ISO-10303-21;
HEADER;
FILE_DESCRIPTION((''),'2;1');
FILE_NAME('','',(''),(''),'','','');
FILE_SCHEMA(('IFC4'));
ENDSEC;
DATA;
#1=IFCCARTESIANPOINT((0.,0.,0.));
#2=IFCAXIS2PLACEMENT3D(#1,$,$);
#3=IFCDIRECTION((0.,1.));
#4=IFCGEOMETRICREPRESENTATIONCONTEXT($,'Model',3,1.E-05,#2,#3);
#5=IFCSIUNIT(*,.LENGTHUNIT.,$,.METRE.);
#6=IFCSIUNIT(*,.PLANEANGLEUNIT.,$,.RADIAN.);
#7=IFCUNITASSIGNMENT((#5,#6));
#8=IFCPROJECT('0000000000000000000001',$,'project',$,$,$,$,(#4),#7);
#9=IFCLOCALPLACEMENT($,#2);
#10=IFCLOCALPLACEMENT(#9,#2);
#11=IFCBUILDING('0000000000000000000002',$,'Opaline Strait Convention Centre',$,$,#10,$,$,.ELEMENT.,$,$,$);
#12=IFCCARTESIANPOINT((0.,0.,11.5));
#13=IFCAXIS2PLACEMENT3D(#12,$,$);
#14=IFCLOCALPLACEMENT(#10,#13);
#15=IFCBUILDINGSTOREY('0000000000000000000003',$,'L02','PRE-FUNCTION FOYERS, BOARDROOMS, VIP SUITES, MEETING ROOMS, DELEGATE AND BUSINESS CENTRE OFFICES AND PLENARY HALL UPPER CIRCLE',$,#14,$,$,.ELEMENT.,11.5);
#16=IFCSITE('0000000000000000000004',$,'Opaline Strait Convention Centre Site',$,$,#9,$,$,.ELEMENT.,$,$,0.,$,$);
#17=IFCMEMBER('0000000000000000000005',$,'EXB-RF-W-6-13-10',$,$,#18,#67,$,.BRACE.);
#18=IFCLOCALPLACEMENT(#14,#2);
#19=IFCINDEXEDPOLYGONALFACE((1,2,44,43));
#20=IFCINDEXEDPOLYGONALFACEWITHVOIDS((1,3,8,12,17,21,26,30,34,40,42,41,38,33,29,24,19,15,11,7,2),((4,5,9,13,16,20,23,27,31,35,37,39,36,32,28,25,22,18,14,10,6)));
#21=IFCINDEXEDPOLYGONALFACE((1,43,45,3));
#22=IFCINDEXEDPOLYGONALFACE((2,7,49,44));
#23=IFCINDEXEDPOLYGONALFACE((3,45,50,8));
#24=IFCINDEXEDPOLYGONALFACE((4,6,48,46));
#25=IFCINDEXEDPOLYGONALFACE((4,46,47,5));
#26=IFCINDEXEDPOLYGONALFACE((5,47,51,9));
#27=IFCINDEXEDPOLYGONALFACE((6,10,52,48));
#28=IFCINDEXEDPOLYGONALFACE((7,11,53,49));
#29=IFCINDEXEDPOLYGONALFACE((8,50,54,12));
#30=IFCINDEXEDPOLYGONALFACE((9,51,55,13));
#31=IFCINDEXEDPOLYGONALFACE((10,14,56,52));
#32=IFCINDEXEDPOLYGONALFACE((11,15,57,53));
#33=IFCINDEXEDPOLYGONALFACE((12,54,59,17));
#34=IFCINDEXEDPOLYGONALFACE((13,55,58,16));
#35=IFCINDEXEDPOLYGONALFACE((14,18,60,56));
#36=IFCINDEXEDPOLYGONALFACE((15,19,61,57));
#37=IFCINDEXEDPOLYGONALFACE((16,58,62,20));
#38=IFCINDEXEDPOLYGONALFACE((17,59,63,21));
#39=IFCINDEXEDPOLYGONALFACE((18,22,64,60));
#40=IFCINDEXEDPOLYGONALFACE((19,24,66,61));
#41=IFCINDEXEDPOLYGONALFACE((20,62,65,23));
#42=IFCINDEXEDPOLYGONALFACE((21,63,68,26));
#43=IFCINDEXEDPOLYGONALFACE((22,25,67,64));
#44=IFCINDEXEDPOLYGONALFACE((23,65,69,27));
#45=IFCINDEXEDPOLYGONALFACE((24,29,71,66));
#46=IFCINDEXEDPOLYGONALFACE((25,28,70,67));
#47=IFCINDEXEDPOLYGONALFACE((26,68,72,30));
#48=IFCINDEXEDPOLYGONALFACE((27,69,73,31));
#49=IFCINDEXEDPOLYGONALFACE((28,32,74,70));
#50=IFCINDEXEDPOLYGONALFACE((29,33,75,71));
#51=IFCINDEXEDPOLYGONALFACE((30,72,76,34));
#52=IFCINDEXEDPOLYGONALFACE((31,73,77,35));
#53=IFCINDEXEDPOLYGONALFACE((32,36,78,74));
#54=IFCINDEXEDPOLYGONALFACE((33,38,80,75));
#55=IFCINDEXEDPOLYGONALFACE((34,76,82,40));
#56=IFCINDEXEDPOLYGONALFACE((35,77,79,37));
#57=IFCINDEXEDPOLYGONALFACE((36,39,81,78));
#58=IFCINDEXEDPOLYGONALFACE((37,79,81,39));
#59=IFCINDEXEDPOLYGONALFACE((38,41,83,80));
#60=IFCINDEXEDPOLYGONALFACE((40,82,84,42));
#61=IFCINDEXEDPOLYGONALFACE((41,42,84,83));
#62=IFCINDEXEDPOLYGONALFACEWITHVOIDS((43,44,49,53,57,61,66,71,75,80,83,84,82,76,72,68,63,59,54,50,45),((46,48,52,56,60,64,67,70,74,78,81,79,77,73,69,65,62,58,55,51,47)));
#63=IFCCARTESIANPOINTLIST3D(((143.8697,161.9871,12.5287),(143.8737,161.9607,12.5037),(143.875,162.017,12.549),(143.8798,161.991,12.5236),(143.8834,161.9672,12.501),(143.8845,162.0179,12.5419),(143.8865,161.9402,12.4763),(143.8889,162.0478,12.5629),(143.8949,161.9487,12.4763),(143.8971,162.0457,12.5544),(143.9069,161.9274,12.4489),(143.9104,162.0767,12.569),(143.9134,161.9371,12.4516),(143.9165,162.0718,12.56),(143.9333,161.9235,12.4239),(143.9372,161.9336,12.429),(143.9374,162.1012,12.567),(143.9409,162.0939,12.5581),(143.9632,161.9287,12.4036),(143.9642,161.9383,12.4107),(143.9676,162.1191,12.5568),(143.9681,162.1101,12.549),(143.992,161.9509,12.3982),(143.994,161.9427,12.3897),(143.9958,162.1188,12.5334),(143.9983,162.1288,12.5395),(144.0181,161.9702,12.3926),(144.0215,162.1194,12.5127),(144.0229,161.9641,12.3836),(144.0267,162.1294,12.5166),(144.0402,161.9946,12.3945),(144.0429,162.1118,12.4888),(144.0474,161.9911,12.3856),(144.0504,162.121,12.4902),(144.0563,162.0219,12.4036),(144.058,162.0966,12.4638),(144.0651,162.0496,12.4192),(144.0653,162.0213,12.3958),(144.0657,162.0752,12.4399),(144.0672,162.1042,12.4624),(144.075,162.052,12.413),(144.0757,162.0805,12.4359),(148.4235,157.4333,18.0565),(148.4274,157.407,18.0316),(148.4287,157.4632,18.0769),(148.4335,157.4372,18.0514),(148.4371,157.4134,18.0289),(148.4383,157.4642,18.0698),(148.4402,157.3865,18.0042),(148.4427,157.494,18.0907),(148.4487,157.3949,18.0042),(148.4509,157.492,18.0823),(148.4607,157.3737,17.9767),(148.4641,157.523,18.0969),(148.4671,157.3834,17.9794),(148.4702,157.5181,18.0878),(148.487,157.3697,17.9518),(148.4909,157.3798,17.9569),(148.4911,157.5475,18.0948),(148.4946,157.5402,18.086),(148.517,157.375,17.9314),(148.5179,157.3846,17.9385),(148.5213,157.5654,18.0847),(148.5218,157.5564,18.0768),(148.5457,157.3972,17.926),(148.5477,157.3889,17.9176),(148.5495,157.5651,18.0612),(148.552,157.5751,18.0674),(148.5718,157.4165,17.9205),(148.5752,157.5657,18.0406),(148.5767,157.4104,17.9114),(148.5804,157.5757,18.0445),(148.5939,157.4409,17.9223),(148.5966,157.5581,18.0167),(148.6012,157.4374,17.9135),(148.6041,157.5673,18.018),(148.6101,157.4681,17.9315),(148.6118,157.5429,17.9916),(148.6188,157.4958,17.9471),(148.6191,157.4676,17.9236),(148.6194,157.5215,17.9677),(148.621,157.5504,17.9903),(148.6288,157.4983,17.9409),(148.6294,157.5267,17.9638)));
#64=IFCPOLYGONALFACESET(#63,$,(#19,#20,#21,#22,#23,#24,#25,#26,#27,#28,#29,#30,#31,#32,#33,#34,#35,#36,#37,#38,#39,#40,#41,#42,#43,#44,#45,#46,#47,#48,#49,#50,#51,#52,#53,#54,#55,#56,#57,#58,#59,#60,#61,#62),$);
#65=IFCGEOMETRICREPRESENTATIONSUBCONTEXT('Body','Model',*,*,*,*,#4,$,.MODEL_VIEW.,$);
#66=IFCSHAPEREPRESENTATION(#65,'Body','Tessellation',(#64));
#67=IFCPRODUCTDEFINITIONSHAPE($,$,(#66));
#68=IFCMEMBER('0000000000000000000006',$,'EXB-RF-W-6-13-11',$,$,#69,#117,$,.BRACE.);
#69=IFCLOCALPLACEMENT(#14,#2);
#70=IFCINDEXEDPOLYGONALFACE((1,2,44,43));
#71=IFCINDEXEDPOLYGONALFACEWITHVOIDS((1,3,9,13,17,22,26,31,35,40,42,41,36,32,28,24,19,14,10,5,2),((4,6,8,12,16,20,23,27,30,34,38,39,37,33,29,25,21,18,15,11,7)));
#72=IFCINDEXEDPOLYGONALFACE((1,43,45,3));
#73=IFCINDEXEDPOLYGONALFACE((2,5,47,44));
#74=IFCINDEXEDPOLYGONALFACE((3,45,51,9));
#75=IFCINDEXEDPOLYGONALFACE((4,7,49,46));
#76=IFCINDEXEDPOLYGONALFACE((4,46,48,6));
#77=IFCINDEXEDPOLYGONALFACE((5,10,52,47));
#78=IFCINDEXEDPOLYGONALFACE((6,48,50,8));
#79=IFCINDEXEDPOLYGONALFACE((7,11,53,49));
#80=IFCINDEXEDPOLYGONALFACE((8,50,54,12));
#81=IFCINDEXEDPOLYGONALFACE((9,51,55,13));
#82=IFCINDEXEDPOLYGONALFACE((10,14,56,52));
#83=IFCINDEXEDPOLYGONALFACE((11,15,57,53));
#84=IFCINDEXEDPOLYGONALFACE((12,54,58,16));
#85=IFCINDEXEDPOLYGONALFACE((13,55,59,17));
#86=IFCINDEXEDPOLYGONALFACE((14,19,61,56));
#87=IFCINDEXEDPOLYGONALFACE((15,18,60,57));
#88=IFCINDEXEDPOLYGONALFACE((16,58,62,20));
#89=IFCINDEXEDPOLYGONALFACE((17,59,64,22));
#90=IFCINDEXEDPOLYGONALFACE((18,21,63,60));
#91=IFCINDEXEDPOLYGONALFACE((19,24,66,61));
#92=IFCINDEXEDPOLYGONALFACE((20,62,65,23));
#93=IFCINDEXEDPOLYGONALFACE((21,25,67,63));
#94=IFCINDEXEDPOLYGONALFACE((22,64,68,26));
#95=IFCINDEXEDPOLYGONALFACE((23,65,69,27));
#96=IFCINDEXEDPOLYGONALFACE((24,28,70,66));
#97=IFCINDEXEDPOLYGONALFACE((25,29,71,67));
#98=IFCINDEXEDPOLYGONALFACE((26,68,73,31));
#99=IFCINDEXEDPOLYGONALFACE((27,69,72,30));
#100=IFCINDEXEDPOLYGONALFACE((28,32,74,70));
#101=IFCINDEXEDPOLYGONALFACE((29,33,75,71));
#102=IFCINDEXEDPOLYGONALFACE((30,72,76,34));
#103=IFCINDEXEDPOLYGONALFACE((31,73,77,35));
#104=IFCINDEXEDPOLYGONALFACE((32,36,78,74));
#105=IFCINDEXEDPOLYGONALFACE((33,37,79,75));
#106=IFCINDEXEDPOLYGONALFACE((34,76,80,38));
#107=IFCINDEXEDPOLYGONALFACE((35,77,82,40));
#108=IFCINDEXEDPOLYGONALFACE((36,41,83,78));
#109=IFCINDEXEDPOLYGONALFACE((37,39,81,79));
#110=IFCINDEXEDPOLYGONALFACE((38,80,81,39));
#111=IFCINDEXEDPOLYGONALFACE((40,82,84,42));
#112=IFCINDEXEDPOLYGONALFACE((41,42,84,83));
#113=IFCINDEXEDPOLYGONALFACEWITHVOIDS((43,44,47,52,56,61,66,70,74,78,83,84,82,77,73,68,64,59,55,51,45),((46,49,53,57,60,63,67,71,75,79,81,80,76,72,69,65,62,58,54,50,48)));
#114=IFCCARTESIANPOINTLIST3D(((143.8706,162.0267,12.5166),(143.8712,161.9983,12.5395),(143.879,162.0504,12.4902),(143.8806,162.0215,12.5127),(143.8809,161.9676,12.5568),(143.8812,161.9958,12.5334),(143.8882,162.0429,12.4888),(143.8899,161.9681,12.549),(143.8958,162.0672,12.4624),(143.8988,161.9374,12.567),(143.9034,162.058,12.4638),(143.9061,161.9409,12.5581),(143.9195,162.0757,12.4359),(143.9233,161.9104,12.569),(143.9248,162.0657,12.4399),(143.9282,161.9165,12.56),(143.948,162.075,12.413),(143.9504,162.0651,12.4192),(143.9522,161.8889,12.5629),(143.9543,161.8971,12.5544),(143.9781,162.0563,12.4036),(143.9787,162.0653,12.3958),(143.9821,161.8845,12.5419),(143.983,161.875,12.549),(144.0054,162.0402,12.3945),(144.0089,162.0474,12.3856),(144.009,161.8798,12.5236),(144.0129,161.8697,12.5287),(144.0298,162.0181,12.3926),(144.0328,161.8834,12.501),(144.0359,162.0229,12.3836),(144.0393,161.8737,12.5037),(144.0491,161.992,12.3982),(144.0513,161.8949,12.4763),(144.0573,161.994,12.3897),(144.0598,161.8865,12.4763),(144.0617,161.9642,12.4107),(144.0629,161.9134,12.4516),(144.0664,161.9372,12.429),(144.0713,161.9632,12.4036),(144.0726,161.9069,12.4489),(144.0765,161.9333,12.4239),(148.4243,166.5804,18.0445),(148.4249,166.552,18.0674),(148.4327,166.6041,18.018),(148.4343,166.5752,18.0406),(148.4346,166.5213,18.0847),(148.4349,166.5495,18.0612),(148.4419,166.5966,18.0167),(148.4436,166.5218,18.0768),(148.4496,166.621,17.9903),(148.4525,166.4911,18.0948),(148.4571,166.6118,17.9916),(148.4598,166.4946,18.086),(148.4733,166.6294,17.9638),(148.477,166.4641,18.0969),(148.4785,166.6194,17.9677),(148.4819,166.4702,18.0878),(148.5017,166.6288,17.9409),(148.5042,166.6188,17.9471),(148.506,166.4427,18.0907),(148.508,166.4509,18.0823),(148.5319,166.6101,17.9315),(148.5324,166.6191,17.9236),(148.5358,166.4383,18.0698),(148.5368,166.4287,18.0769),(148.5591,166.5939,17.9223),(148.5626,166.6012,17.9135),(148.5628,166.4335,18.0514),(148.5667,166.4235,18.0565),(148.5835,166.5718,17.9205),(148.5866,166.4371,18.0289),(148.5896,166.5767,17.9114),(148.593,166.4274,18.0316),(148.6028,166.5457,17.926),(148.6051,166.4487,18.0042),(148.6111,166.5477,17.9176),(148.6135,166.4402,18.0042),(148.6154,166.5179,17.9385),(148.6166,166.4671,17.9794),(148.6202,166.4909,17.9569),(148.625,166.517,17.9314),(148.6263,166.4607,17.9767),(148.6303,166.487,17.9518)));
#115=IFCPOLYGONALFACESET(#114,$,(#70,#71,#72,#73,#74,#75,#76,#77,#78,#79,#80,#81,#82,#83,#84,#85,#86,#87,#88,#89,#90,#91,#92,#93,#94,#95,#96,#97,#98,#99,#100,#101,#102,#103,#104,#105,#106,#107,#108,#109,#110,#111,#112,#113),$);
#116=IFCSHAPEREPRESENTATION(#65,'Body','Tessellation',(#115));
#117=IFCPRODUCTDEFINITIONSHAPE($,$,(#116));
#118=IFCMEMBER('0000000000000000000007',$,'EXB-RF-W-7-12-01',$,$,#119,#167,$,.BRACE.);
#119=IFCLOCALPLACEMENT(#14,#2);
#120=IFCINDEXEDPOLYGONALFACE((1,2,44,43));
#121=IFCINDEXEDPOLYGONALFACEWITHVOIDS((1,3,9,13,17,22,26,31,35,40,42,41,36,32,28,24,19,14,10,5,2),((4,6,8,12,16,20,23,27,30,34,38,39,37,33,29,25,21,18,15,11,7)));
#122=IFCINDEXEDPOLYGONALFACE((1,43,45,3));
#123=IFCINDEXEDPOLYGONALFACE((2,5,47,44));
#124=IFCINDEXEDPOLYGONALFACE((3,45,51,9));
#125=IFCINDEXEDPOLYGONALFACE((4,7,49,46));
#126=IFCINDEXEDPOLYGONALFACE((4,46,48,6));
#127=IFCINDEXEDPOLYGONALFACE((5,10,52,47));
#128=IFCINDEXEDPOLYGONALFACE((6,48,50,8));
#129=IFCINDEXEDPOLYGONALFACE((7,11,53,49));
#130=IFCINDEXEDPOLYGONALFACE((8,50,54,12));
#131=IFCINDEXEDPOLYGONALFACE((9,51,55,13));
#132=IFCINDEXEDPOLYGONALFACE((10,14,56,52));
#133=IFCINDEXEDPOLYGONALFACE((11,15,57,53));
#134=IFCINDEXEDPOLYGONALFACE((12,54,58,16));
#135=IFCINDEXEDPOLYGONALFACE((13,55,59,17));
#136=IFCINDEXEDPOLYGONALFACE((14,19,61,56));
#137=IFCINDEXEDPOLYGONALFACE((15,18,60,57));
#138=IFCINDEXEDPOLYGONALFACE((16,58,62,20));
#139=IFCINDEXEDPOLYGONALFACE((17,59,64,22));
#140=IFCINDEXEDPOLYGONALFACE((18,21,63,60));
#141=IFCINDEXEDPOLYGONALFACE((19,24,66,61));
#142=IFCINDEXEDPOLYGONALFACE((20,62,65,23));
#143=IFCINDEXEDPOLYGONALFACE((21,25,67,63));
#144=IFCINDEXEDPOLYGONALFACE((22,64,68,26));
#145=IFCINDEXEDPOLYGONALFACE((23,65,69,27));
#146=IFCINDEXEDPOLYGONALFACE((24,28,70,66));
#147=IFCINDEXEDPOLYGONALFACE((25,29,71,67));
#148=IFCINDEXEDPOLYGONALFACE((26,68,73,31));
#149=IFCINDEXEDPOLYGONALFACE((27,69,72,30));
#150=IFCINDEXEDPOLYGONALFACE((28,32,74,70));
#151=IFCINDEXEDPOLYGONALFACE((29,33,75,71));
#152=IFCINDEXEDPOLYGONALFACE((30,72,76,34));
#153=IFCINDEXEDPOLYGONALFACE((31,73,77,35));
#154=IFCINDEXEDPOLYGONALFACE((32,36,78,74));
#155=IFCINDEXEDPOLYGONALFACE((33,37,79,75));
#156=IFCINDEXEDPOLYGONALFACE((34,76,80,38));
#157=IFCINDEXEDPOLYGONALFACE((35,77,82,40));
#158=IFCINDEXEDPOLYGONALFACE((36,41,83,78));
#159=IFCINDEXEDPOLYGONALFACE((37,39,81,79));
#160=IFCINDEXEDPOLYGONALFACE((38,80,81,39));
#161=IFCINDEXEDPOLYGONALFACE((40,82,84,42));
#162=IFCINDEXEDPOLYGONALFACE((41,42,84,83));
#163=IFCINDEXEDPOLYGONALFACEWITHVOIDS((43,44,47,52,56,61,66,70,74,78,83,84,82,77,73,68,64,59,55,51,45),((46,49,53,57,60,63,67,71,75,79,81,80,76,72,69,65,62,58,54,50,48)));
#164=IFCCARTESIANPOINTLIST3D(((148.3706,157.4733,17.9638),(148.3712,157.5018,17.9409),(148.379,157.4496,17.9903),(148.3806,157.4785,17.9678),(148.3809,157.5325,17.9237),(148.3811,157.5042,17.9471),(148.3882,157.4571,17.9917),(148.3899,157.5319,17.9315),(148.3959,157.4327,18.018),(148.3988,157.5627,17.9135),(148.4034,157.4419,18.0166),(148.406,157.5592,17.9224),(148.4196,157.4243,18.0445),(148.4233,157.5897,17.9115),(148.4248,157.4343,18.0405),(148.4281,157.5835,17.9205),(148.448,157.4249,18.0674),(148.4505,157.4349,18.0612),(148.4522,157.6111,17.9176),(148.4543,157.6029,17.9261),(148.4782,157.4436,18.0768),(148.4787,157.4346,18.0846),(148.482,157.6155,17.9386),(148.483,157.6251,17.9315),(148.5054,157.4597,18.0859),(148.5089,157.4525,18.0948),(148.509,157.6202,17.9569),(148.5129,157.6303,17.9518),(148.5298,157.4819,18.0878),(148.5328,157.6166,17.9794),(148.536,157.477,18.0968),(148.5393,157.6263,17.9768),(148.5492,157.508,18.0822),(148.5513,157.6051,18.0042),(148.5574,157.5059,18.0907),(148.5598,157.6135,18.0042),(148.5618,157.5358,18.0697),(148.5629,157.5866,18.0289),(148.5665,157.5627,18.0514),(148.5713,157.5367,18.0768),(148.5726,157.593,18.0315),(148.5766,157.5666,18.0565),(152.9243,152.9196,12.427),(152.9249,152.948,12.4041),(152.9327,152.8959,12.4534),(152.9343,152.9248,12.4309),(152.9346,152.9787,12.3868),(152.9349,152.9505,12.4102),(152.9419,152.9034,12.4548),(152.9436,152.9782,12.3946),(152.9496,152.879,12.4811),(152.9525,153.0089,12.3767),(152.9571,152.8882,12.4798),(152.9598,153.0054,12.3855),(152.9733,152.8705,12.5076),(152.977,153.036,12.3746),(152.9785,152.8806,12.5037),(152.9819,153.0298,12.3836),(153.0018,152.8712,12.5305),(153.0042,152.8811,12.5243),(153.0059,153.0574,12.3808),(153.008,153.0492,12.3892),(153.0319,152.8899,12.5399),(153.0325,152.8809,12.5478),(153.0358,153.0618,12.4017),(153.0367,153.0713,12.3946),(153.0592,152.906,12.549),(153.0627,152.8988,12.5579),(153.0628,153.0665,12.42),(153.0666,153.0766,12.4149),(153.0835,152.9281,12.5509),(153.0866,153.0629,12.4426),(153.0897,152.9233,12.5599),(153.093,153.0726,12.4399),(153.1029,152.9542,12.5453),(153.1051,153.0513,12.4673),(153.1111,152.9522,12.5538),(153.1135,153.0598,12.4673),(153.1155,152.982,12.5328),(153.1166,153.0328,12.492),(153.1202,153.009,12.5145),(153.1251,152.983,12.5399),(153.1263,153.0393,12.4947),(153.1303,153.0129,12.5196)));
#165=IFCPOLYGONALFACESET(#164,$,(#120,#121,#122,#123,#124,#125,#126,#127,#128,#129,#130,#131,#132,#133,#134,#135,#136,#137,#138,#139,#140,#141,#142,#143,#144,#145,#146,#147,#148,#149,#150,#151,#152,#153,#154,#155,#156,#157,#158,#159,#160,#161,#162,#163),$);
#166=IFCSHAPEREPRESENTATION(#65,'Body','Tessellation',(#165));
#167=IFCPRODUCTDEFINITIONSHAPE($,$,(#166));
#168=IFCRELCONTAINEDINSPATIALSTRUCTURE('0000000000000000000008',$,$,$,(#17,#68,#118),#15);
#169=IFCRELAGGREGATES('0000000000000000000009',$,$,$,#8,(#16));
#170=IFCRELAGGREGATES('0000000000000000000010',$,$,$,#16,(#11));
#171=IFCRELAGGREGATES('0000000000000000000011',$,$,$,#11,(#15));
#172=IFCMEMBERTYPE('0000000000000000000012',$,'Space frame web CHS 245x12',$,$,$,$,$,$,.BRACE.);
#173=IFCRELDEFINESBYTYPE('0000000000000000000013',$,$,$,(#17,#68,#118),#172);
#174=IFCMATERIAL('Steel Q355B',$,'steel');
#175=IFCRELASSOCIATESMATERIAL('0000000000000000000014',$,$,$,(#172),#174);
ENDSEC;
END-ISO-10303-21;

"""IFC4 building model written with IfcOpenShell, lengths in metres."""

from ifc_helpers import new_model, si_unit, direction, frame, origin, origin_2d, place, context, subcontext, project, spatial, hollow_circle, extrude, material, material_profile, profile_set, type_object, element, save


model = new_model("IFC4")

# Units and contexts
model_context = context("Model", 3, precision=1e-05, world=origin(), true_north=direction((0.0, 1.0)))
body_context = subcontext(model_context, "Body", "Model", "MODEL_VIEW")
ifc_project = project(units=[si_unit("LENGTHUNIT", "METRE"), si_unit("PLANEANGLEUNIT", "RADIAN")], contexts=[model_context])

# Site, building, storey
site_placement = place(None, origin())
site = spatial("IfcSite", under=ifc_project, at=site_placement, Name="Opaline Strait Convention Centre Site", CompositionType="ELEMENT", RefElevation=0.0)
building_placement = place(site_placement, origin())
building = spatial("IfcBuilding", under=site, at=building_placement, Name="Opaline Strait Convention Centre", CompositionType="ELEMENT")
storey_placement = place(building_placement, frame((0.0, 0.0, 11.5)))
storey = spatial("IfcBuildingStorey", under=building, at=storey_placement, Name="L02", Description="PRE-FUNCTION FOYERS, BOARDROOMS, VIP SUITES, MEETING ROOMS, DELEGATE AND BUSINESS CENTRE OFFICES AND PLENARY HALL UPPER CIRCLE", CompositionType="ELEMENT", Elevation=11.5)

# Members
ifc_material_1 = material(Name="Steel Q355B", Category="steel")
ifc_material_profile_1 = material_profile(ifc_material_1, hollow_circle(Radius=0.1226, WallThickness=0.012, at=origin_2d()), Name="CHS 245x12")
ifc_profile_set_1 = profile_set([ifc_material_profile_1], Name="Steel Q355B")
member_type_1 = type_object("IfcMemberType", Name="Space frame web CHS 245x12", PredefinedType="BRACE", material=ifc_profile_set_1)
for number, where, z_axis, x_axis, name in (
    (1, (148.5269, 157.4731, 18.0042), (-0.53655, 0.53655, -0.651328), (-0.707107, -0.707107, 0.0), "EXB-RF-W-6-13-10"),
    (2, (148.5269, 166.5269, 18.0042), (-0.53655, -0.53655, -0.651328), (0.707107, -0.707107, 0.0), "EXB-RF-W-6-13-11"),
):
    element("IfcMember", number, at=place(storey_placement, frame(where, z_axis=z_axis, x_axis=x_axis)), inside=storey, type_object=member_type_1, Name=name, PredefinedType="BRACE", context=body_context, shape_type="SweptSolid", body=[
        extrude(hollow_circle(Radius=0.1226, WallThickness=0.012, at=origin_2d()), origin(), (0.0, 0.0, 1.0), 8.4871),
    ])
for number, where, z_axis, x_axis, name in (
    (3, (148.4731, 157.5269, 18.0042), (0.536178, -0.536178, -0.65194), (0.707107, 0.707107, 0.0), "EXB-RF-W-7-12-01"),
):
    element("IfcMember", number, at=place(storey_placement, frame(where, z_axis=z_axis, x_axis=x_axis)), inside=storey, type_object=member_type_1, Name=name, PredefinedType="BRACE", context=body_context, shape_type="SweptSolid", body=[
        extrude(hollow_circle(Radius=0.1226, WallThickness=0.012, at=origin_2d()), origin(), (0.0, 0.0, 1.0), 8.4929),
    ])

save(model, "model.ifc")
